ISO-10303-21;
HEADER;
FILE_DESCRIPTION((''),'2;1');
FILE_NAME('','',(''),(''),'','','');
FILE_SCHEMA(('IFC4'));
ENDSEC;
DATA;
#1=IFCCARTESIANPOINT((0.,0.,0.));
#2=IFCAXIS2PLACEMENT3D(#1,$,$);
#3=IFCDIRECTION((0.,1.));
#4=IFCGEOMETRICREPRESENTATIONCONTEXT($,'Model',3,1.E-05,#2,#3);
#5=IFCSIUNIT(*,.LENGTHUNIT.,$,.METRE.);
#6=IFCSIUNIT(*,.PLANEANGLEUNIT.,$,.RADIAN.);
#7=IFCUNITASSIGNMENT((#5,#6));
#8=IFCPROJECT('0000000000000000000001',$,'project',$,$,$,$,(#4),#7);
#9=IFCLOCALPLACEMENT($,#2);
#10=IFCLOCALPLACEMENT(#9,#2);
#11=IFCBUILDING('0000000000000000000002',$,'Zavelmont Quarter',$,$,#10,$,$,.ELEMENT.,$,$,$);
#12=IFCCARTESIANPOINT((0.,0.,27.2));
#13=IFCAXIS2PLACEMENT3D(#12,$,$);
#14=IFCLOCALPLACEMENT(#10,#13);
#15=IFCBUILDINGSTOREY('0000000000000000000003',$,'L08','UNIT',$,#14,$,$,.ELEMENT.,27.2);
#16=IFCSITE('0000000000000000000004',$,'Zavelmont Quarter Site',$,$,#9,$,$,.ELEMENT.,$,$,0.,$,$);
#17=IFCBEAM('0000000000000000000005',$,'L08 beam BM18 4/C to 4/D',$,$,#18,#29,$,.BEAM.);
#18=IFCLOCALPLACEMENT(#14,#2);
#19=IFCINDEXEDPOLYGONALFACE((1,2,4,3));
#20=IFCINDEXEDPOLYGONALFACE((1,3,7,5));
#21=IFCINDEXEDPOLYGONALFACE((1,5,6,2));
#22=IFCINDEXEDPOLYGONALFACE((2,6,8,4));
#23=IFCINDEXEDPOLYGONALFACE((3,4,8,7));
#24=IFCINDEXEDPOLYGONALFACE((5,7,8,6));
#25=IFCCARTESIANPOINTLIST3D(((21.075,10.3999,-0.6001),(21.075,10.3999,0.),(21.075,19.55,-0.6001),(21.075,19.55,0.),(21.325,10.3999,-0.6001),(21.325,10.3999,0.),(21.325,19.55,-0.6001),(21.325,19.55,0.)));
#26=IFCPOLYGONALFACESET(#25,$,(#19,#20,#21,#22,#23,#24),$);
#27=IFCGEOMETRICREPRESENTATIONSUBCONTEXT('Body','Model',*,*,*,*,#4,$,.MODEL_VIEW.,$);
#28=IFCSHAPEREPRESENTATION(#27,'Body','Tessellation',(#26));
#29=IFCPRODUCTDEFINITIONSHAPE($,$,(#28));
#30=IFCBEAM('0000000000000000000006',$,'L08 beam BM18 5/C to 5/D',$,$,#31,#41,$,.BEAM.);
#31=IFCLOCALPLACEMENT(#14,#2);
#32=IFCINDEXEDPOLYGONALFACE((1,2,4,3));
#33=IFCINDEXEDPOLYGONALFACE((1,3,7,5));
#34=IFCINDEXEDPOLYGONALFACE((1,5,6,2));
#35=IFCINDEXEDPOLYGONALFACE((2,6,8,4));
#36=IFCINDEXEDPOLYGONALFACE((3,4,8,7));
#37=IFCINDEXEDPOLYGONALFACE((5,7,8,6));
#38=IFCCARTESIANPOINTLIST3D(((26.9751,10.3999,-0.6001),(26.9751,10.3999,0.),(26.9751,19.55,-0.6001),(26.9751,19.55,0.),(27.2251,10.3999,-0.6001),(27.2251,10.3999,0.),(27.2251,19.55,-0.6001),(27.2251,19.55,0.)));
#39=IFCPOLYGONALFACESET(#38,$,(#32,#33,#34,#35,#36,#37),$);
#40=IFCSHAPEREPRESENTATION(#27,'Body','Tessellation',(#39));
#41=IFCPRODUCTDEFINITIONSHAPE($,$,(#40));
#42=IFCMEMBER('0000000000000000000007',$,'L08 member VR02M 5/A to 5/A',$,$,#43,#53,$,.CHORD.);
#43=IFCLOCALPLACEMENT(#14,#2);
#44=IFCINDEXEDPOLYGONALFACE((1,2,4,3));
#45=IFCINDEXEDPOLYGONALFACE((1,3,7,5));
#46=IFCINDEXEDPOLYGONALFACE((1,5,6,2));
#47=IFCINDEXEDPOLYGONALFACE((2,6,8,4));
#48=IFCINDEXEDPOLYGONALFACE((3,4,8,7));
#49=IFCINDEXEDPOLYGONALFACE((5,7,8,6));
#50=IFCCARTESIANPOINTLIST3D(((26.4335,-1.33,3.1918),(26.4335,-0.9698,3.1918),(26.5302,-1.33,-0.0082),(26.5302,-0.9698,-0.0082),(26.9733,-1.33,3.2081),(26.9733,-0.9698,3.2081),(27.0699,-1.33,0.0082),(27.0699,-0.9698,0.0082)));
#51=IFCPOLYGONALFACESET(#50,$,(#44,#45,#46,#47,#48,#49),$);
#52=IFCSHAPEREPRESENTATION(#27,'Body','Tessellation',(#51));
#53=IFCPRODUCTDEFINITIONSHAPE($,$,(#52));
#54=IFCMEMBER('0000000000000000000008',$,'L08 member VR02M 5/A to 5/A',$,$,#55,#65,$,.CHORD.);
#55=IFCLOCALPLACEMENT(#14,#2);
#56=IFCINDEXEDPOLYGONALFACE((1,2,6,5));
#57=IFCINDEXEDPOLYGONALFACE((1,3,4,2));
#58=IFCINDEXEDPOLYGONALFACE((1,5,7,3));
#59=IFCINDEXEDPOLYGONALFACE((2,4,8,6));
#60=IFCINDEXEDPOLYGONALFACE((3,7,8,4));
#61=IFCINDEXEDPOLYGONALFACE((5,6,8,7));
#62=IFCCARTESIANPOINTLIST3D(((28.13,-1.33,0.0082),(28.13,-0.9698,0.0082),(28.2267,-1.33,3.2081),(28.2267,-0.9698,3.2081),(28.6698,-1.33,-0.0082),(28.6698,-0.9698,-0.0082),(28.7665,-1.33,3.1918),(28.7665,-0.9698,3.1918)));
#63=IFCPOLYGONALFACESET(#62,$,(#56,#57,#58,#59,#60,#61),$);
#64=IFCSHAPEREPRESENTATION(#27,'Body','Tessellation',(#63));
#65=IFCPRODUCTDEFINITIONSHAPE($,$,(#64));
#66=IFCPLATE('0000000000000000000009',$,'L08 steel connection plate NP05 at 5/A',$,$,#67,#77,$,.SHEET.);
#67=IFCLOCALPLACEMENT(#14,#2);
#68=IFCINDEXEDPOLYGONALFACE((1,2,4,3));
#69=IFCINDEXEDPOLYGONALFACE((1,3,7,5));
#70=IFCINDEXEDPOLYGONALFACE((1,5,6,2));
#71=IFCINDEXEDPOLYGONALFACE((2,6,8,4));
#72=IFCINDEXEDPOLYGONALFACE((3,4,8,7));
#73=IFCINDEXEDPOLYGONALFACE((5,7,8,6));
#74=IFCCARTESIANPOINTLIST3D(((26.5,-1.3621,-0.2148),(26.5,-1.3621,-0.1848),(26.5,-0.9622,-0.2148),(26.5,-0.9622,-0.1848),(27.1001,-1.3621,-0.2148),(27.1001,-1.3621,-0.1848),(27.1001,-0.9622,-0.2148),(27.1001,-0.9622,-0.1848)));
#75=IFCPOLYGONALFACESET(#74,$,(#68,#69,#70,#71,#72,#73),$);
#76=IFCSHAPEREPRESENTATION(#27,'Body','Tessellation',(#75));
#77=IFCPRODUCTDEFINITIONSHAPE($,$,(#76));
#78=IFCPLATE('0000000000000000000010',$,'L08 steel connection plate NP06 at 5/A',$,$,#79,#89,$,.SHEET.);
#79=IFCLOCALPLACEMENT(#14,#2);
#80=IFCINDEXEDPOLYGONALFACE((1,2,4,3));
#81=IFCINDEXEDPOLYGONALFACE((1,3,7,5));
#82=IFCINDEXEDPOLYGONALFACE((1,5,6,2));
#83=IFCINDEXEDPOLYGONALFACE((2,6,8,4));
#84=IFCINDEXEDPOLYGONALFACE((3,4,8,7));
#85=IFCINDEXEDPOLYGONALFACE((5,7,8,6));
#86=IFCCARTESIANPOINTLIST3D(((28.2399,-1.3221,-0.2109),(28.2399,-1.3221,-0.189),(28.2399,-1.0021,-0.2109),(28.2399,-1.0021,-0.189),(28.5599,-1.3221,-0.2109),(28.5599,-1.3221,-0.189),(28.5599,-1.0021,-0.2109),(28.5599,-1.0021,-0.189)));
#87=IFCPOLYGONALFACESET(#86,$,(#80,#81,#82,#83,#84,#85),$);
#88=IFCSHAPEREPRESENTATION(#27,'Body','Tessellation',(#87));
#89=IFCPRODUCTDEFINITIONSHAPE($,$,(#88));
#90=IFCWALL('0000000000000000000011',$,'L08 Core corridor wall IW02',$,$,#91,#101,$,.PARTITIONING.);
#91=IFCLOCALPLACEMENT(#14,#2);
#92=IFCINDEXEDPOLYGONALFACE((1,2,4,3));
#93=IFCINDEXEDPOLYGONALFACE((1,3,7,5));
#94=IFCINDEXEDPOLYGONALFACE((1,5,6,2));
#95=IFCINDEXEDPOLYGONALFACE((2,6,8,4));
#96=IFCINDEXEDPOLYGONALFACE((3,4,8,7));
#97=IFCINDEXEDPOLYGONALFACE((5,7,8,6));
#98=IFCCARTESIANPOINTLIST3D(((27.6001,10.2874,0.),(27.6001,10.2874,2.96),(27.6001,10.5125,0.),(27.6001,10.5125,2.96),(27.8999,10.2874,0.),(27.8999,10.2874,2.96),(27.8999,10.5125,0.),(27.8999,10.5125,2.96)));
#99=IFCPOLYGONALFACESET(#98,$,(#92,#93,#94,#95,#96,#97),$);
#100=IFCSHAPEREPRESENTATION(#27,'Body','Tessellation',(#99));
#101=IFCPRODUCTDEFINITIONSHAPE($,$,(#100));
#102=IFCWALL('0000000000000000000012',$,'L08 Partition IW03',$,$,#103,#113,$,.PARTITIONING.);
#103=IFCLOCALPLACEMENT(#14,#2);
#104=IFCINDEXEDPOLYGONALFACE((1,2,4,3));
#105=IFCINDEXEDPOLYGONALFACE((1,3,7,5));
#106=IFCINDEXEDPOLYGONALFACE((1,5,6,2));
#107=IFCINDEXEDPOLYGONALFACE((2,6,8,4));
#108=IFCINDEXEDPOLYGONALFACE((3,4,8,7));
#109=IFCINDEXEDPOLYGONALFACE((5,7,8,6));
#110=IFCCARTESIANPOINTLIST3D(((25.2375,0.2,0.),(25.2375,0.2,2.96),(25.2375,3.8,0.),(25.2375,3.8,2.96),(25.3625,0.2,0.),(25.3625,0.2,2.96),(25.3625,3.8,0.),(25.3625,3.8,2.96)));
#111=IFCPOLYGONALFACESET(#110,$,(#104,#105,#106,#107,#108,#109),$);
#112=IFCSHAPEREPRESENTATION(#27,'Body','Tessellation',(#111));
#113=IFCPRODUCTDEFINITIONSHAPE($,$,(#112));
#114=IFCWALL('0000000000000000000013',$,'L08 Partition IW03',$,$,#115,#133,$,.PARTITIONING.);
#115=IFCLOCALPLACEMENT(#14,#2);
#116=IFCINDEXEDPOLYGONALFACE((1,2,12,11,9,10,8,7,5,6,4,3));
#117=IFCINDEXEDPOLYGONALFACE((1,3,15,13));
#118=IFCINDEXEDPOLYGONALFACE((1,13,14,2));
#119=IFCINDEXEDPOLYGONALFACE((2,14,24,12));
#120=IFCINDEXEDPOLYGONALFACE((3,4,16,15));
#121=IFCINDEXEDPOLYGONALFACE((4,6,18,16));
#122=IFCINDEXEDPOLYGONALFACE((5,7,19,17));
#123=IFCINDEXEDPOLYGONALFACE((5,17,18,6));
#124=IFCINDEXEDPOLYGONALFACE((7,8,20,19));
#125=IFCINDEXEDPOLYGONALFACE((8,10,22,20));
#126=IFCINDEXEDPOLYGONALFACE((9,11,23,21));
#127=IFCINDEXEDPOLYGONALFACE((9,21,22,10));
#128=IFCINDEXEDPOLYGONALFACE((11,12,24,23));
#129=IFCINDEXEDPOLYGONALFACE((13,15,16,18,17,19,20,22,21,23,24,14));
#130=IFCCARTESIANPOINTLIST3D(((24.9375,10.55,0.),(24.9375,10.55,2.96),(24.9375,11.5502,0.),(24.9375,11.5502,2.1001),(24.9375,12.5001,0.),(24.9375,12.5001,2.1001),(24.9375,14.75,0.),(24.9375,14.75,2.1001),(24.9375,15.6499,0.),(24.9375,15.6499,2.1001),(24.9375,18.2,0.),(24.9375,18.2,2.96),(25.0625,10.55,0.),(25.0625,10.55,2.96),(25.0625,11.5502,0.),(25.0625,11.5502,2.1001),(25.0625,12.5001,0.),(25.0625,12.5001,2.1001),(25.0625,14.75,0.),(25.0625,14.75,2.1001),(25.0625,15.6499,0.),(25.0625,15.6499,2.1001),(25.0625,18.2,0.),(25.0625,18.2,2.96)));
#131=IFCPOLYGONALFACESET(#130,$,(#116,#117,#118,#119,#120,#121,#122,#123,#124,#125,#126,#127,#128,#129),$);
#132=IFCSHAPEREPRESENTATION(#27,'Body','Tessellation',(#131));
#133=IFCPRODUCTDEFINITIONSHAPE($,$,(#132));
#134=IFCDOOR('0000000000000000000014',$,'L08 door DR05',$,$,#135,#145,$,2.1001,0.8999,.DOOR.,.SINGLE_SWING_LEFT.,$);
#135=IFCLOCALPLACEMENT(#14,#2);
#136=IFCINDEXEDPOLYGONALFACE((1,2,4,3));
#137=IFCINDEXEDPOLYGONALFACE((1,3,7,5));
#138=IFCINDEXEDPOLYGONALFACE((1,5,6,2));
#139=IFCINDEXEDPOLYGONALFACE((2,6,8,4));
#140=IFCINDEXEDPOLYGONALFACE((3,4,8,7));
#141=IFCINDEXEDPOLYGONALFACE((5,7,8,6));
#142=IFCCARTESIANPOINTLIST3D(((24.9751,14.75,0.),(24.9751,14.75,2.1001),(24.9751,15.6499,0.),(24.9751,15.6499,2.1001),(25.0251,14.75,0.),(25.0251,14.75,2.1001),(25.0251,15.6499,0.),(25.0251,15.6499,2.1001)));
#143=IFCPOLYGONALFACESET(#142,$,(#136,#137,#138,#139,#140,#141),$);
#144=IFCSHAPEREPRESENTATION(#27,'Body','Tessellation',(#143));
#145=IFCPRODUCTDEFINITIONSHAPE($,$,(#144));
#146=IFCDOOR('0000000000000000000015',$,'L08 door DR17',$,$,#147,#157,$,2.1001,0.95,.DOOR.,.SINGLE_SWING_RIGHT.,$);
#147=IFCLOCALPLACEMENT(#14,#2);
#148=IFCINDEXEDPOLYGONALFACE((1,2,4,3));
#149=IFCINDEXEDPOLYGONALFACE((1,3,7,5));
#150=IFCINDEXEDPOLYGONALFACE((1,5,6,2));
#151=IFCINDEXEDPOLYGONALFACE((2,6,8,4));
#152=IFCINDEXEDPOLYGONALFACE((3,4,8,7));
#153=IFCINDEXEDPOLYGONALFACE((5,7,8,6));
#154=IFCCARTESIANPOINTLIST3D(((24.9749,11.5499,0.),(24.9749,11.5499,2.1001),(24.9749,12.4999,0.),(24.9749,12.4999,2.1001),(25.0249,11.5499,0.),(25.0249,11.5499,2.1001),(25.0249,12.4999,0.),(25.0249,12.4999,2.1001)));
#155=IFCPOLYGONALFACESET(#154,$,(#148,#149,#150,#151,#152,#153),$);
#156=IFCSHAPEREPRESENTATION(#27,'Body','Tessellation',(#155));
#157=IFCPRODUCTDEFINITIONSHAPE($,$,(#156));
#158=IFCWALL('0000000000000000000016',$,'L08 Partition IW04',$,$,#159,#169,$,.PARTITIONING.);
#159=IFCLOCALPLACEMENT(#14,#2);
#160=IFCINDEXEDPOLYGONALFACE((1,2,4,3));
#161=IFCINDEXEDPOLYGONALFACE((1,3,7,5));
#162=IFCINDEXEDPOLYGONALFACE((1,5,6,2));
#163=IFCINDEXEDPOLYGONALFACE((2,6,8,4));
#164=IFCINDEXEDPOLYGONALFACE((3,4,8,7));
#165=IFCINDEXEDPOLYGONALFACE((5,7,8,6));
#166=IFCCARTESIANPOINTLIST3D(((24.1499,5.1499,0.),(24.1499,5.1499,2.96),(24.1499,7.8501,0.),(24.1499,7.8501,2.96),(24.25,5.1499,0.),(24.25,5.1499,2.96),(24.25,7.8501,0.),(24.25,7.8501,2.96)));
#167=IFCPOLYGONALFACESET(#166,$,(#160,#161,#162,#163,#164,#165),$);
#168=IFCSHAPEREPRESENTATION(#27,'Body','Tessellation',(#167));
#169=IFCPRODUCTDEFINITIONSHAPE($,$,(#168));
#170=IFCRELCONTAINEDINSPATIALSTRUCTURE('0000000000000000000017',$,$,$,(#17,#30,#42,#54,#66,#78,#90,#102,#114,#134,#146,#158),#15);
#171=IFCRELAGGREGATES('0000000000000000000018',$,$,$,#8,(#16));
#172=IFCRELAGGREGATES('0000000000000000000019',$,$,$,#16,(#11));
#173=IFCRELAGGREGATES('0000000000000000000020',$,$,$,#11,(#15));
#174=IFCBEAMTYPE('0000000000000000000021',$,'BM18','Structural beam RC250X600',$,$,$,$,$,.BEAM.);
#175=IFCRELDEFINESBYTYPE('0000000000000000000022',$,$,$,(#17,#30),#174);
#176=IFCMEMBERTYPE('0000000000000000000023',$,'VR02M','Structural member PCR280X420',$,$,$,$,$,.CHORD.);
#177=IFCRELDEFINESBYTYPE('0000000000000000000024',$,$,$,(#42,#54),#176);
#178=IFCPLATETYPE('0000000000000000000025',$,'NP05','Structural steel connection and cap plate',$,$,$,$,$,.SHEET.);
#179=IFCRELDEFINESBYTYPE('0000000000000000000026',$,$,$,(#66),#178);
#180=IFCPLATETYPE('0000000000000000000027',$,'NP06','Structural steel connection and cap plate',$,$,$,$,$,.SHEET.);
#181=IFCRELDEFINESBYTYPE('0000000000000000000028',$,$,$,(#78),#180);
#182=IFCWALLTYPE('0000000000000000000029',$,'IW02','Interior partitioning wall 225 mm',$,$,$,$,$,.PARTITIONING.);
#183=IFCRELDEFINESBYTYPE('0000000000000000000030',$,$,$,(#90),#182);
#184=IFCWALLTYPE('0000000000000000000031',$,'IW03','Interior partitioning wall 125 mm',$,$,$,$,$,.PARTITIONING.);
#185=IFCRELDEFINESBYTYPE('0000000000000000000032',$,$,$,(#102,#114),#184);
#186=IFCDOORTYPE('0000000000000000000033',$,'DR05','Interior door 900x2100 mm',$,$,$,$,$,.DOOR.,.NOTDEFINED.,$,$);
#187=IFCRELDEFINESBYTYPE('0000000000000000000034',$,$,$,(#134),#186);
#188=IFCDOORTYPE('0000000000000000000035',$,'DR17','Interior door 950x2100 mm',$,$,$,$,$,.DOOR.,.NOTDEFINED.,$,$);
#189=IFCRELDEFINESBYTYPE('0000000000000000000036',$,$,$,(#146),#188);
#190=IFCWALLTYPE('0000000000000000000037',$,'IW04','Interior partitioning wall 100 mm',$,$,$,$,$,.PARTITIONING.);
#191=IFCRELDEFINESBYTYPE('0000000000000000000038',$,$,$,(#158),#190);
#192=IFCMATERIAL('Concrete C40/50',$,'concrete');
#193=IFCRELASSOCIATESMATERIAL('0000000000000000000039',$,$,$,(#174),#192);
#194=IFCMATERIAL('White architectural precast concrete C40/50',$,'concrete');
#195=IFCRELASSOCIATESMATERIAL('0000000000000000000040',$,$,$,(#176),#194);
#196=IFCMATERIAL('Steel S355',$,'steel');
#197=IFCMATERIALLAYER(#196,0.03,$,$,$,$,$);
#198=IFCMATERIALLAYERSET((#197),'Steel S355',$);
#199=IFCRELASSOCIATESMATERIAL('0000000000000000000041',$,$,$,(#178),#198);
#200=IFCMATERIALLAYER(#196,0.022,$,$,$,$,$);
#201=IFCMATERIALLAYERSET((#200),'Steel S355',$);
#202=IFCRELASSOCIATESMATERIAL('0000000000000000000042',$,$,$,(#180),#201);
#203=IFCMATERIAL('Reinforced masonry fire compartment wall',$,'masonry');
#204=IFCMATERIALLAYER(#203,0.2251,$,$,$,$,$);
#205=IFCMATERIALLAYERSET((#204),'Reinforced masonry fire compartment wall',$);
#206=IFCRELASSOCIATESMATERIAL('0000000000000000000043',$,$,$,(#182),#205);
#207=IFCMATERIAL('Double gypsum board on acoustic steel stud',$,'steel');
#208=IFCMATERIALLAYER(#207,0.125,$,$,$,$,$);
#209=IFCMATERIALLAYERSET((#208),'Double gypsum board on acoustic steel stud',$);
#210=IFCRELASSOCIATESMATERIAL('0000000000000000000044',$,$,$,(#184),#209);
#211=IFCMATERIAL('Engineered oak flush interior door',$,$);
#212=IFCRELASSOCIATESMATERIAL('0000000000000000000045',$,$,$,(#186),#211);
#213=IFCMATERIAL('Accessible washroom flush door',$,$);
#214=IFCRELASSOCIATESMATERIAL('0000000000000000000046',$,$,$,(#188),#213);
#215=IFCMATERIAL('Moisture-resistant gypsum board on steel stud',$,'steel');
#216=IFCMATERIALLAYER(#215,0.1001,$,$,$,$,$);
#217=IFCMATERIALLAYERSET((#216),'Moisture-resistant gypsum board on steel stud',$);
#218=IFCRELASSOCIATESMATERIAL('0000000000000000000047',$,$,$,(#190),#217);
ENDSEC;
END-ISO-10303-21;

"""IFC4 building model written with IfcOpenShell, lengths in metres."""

from ifc_helpers import new_model, si_unit, direction, frame, frame_2d, origin, origin_with_axes, origin_2d, place, context, subcontext, project, spatial, rectangle, extrude, material, layer, layer_set, material_profile, profile_set, type_object, element, fill, save


model = new_model("IFC4")

# Units and contexts
model_context = context("Model", 3, precision=1e-05, world=origin(), true_north=direction((0.0, 1.0)))
body_context = subcontext(model_context, "Body", "Model", "MODEL_VIEW")
ifc_project = project(units=[si_unit("LENGTHUNIT", "METRE"), si_unit("PLANEANGLEUNIT", "RADIAN")], contexts=[model_context])

# Site, building, storey
site_placement = place(None, origin())
site = spatial("IfcSite", under=ifc_project, at=site_placement, Name="Zavelmont Quarter Site", CompositionType="ELEMENT", RefElevation=0.0)
building_placement = place(site_placement, origin())
building = spatial("IfcBuilding", under=site, at=building_placement, Name="Zavelmont Quarter", CompositionType="ELEMENT")
storey_placement = place(building_placement, frame((0.0, 0.0, 27.2)))
storey = spatial("IfcBuildingStorey", under=building, at=storey_placement, Name="L08", Description="UNIT", CompositionType="ELEMENT", Elevation=27.2)

# Beams
ifc_material_1 = material(Name="Steel S355", Category="steel")
ifc_material_2 = material(Name="Concrete C40/50", Category="concrete")
ifc_material_profile_1 = material_profile(ifc_material_2, rectangle(XDim=0.25, YDim=0.6001, at=origin_2d()), Name="RC250X600")
ifc_profile_set_1 = profile_set([ifc_material_profile_1], Name="Concrete C40/50")
beam_type_1 = type_object("IfcBeamType", Name="BM18", Description="Structural beam RC250X600", PredefinedType="BEAM", material=ifc_profile_set_1)
for number, where, z_axis, x_axis, name in (
    (1, (21.2, 10.3999, -0.3), (0.0, 1.0, 0.0), (-1.0, 0.0, 0.0), "L08 beam BM18 4/C to 4/D"),
    (2, (27.1001, 10.3999, -0.3), (0.0, 1.0, 0.0), (-1.0, 0.0, 0.0), "L08 beam BM18 5/C to 5/D"),
):
    element("IfcBeam", number, at=place(storey_placement, frame(where, z_axis=z_axis, x_axis=x_axis)), inside=storey, type_object=beam_type_1, Name=name, PredefinedType="BEAM", context=body_context, shape_type="SweptSolid", body=[
        extrude(rectangle(XDim=0.25, YDim=0.6001, at=origin_2d()), origin(), (0.0, 0.0, 1.0), 9.1501),
    ])

# Members
ifc_material_3 = material(Name="White architectural precast concrete C40/50", Category="concrete")
ifc_material_profile_2 = material_profile(ifc_material_3, rectangle(XDim=0.3601, YDim=0.54, at=origin_2d()), Name="PCR280X420")
ifc_profile_set_2 = profile_set([ifc_material_profile_2], Name="White architectural precast concrete C40/50")
member_type = type_object("IfcMemberType", Name="VR02M", Description="Structural member PCR280X420", PredefinedType="CHORD", material=ifc_profile_set_2)
for number, where, z_axis, x_axis, name in (
    (3, (26.8, -1.1499, 0.0), (-0.030199, 0.0, 0.999544), (0.0, -1.0, 0.0), "L08 member VR02M 5/A to 5/A"),
    (4, (28.3999, -1.1499, 0.0), (0.030199, 0.0, 0.999544), (0.0, 1.0, 0.0), "L08 member VR02M 5/A to 5/A"),
):
    element("IfcMember", number, at=place(storey_placement, frame(where, z_axis=z_axis, x_axis=x_axis)), inside=storey, type_object=member_type, Name=name, PredefinedType="CHORD", context=body_context, shape_type="SweptSolid", body=[
        extrude(rectangle(XDim=0.3601, YDim=0.54, at=origin_2d()), origin(), (0.0, 0.0, 1.0), 3.2014),
    ])

# Plates
ifc_layer_1 = layer(ifc_material_1, 0.03)
ifc_layer_set_1 = layer_set([ifc_layer_1], Name="Steel S355")
plate_type_1 = type_object("IfcPlateType", Name="NP05", Description="Structural steel connection and cap plate", PredefinedType="SHEET", material=ifc_layer_set_1)
plate_1_placement = place(storey_placement, frame((26.8, -1.1621, -0.2148), z_axis=(0.0, 0.0, 1.0), x_axis=(1.0, 0.0, 0.0)))
element("IfcPlate", 5, at=plate_1_placement, inside=storey, type_object=plate_type_1, Name="L08 steel connection plate NP05 at 5/A", PredefinedType="SHEET", context=body_context, shape_type="SweptSolid", body=[
    extrude(rectangle(XDim=0.6001, YDim=0.3999, at=origin_2d()), origin(), (0.0, 0.0, 1.0), 0.03),
])
ifc_layer_2 = layer(ifc_material_1, 0.022)
ifc_layer_set_2 = layer_set([ifc_layer_2], Name="Steel S355")
plate_type_2 = type_object("IfcPlateType", Name="NP06", Description="Structural steel connection and cap plate", PredefinedType="SHEET", material=ifc_layer_set_2)
plate_2_placement = place(storey_placement, frame((28.3999, -1.1621, -0.2109), z_axis=(0.0, 0.0, 1.0), x_axis=(1.0, 0.0, 0.0)))
element("IfcPlate", 6, at=plate_2_placement, inside=storey, type_object=plate_type_2, Name="L08 steel connection plate NP06 at 5/A", PredefinedType="SHEET", context=body_context, shape_type="SweptSolid", body=[
    extrude(rectangle(XDim=0.3201, YDim=0.3201, at=origin_2d()), origin(), (0.0, 0.0, 1.0), 0.022),
])

# Walls
ifc_material_4 = material(Name="Reinforced masonry fire compartment wall", Category="masonry")
ifc_layer_3 = layer(ifc_material_4, 0.2251)
ifc_layer_set_3 = layer_set([ifc_layer_3], Name="Reinforced masonry fire compartment wall")
wall_type_1 = type_object("IfcWallType", Name="IW02", Description="Interior partitioning wall 225 mm", PredefinedType="PARTITIONING", material=ifc_layer_set_3)
wall_1_placement = place(storey_placement, frame((27.6001, 10.3999, 0.0), z_axis=(0.0, 0.0, 1.0), x_axis=(1.0, 0.0, 0.0)))
element("IfcWall", 7, at=wall_1_placement, inside=storey, type_object=wall_type_1, Name="L08 Core corridor wall IW02", PredefinedType="PARTITIONING", context=body_context, shape_type="SweptSolid", body=[
    extrude(rectangle(XDim=0.2998, YDim=0.2251, at=frame_2d((0.1499, 0.0))), origin(), (0.0, 0.0, 1.0), 2.96),
])
ifc_material_5 = material(Name="Double gypsum board on acoustic steel stud", Category="steel")
ifc_layer_4 = layer(ifc_material_5, 0.125)
ifc_layer_set_4 = layer_set([ifc_layer_4], Name="Double gypsum board on acoustic steel stud")
wall_type_2 = type_object("IfcWallType", Name="IW03", Description="Interior partitioning wall 125 mm", PredefinedType="PARTITIONING", material=ifc_layer_set_4)
wall_2_placement = place(storey_placement, frame((25.3, 3.8, 0.0), z_axis=(0.0, 0.0, 1.0), x_axis=(0.0, -1.0, 0.0)))
element("IfcWall", 8, at=wall_2_placement, inside=storey, type_object=wall_type_2, Name="L08 Partition IW03", PredefinedType="PARTITIONING", context=body_context, shape_type="SweptSolid", body=[
    extrude(rectangle(XDim=3.6001, YDim=0.125, at=frame_2d((1.8, 0.0))), origin(), (0.0, 0.0, 1.0), 2.96),
])

# Wall, openings, doors
wall_3_placement = place(storey_placement, frame((25.0, 10.55, 0.0), z_axis=(0.0, 0.0, 1.0), x_axis=(0.0, 1.0, 0.0)))
wall_3 = element("IfcWall", 9, at=wall_3_placement, inside=storey, type_object=wall_type_2, Name="L08 Partition IW03", PredefinedType="PARTITIONING", context=body_context, shape_type="SweptSolid", body=[
    extrude(rectangle(XDim=7.6499, YDim=0.125, at=frame_2d((3.825, 0.0))), origin(), (0.0, 0.0, 1.0), 2.96),
])
opening_1_placement = place(wall_3_placement, frame((1.0, 0.0, 0.0)))
opening_1 = element("IfcOpeningElement", 10, at=opening_1_placement, cuts=wall_3, PredefinedType="OPENING", context=body_context, shape_type="SweptSolid", body=[
    extrude(rectangle(XDim=0.95, YDim=2.1001, at=frame_2d((0.4751, 1.05))), frame((0.0, 0.0745, 0.0), z_axis=(0.0, -1.0, 0.0), x_axis=(1.0, 0.0, 0.0)), (0.0, 0.0, 1.0), 0.1489),
])
opening_2_placement = place(wall_3_placement, frame((4.2, 0.0, 0.0)))
opening_2 = element("IfcOpeningElement", 11, at=opening_2_placement, cuts=wall_3, PredefinedType="OPENING", context=body_context, shape_type="SweptSolid", body=[
    extrude(rectangle(XDim=0.8999, YDim=2.1001, at=frame_2d((0.45, 1.05))), frame((0.0, 0.0745, 0.0), z_axis=(0.0, -1.0, 0.0), x_axis=(1.0, 0.0, 0.0)), (0.0, 0.0, 1.0), 0.1489),
])
ifc_material_6 = material(Name="Engineered oak flush interior door")
door_type_1 = type_object("IfcDoorType", Name="DR05", Description="Interior door 900x2100 mm", OperationType="NOTDEFINED", PredefinedType="DOOR", material=ifc_material_6)
door_1_placement = place(opening_2_placement, origin_with_axes())
door_1 = element("IfcDoor", 12, at=door_1_placement, inside=storey, type_object=door_type_1, Name="L08 door DR05", OperationType="SINGLE_SWING_LEFT", OverallHeight=2.1001, OverallWidth=0.8999, PredefinedType="DOOR", context=body_context, shape_type="SweptSolid", body=[
    extrude(rectangle(XDim=0.8999, YDim=2.1001, at=frame_2d((0.45, 1.05))), frame((0.0, 0.0249, 0.0), z_axis=(0.0, -1.0, 0.0), x_axis=(1.0, 0.0, 0.0)), (0.0, 0.0, 1.0), 0.05),
])
fill(opening_2, door_1)
ifc_material_7 = material(Name="Accessible washroom flush door")
door_type_2 = type_object("IfcDoorType", Name="DR17", Description="Interior door 950x2100 mm", OperationType="NOTDEFINED", PredefinedType="DOOR", material=ifc_material_7)
door_2_placement = place(opening_1_placement, frame((0.95, 0.0, 0.0), z_axis=(0.0, 0.0, 1.0), x_axis=(-1.0, 0.0, 0.0)))
door_2 = element("IfcDoor", 13, at=door_2_placement, inside=storey, type_object=door_type_2, Name="L08 door DR17", OperationType="SINGLE_SWING_RIGHT", OverallHeight=2.1001, OverallWidth=0.95, PredefinedType="DOOR", context=body_context, shape_type="SweptSolid", body=[
    extrude(rectangle(XDim=0.95, YDim=2.1001, at=frame_2d((0.4751, 1.05))), frame((0.0, 0.0249, 0.0), z_axis=(0.0, -1.0, 0.0), x_axis=(1.0, 0.0, 0.0)), (0.0, 0.0, 1.0), 0.05),
])
fill(opening_1, door_2)

# Wall
ifc_material_8 = material(Name="Moisture-resistant gypsum board on steel stud", Category="steel")
ifc_layer_5 = layer(ifc_material_8, 0.1001)
ifc_layer_set_5 = layer_set([ifc_layer_5], Name="Moisture-resistant gypsum board on steel stud")
wall_type_3 = type_object("IfcWallType", Name="IW04", Description="Interior partitioning wall 100 mm", PredefinedType="PARTITIONING", material=ifc_layer_set_5)
for number, where, z_axis, x_axis, name in (
    (14, (24.2, 7.8501, 0.0), (0.0, 0.0, 1.0), (0.0, -1.0, 0.0), "L08 Partition IW04"),
):
    element("IfcWall", number, at=place(storey_placement, frame(where, z_axis=z_axis, x_axis=x_axis)), inside=storey, type_object=wall_type_3, Name=name, PredefinedType="PARTITIONING", context=body_context, shape_type="SweptSolid", body=[
        extrude(rectangle(XDim=2.7002, YDim=0.1001, at=frame_2d((1.3501, 0.0))), origin(), (0.0, 0.0, 1.0), 2.96),
    ])

save(model, "model.ifc")
